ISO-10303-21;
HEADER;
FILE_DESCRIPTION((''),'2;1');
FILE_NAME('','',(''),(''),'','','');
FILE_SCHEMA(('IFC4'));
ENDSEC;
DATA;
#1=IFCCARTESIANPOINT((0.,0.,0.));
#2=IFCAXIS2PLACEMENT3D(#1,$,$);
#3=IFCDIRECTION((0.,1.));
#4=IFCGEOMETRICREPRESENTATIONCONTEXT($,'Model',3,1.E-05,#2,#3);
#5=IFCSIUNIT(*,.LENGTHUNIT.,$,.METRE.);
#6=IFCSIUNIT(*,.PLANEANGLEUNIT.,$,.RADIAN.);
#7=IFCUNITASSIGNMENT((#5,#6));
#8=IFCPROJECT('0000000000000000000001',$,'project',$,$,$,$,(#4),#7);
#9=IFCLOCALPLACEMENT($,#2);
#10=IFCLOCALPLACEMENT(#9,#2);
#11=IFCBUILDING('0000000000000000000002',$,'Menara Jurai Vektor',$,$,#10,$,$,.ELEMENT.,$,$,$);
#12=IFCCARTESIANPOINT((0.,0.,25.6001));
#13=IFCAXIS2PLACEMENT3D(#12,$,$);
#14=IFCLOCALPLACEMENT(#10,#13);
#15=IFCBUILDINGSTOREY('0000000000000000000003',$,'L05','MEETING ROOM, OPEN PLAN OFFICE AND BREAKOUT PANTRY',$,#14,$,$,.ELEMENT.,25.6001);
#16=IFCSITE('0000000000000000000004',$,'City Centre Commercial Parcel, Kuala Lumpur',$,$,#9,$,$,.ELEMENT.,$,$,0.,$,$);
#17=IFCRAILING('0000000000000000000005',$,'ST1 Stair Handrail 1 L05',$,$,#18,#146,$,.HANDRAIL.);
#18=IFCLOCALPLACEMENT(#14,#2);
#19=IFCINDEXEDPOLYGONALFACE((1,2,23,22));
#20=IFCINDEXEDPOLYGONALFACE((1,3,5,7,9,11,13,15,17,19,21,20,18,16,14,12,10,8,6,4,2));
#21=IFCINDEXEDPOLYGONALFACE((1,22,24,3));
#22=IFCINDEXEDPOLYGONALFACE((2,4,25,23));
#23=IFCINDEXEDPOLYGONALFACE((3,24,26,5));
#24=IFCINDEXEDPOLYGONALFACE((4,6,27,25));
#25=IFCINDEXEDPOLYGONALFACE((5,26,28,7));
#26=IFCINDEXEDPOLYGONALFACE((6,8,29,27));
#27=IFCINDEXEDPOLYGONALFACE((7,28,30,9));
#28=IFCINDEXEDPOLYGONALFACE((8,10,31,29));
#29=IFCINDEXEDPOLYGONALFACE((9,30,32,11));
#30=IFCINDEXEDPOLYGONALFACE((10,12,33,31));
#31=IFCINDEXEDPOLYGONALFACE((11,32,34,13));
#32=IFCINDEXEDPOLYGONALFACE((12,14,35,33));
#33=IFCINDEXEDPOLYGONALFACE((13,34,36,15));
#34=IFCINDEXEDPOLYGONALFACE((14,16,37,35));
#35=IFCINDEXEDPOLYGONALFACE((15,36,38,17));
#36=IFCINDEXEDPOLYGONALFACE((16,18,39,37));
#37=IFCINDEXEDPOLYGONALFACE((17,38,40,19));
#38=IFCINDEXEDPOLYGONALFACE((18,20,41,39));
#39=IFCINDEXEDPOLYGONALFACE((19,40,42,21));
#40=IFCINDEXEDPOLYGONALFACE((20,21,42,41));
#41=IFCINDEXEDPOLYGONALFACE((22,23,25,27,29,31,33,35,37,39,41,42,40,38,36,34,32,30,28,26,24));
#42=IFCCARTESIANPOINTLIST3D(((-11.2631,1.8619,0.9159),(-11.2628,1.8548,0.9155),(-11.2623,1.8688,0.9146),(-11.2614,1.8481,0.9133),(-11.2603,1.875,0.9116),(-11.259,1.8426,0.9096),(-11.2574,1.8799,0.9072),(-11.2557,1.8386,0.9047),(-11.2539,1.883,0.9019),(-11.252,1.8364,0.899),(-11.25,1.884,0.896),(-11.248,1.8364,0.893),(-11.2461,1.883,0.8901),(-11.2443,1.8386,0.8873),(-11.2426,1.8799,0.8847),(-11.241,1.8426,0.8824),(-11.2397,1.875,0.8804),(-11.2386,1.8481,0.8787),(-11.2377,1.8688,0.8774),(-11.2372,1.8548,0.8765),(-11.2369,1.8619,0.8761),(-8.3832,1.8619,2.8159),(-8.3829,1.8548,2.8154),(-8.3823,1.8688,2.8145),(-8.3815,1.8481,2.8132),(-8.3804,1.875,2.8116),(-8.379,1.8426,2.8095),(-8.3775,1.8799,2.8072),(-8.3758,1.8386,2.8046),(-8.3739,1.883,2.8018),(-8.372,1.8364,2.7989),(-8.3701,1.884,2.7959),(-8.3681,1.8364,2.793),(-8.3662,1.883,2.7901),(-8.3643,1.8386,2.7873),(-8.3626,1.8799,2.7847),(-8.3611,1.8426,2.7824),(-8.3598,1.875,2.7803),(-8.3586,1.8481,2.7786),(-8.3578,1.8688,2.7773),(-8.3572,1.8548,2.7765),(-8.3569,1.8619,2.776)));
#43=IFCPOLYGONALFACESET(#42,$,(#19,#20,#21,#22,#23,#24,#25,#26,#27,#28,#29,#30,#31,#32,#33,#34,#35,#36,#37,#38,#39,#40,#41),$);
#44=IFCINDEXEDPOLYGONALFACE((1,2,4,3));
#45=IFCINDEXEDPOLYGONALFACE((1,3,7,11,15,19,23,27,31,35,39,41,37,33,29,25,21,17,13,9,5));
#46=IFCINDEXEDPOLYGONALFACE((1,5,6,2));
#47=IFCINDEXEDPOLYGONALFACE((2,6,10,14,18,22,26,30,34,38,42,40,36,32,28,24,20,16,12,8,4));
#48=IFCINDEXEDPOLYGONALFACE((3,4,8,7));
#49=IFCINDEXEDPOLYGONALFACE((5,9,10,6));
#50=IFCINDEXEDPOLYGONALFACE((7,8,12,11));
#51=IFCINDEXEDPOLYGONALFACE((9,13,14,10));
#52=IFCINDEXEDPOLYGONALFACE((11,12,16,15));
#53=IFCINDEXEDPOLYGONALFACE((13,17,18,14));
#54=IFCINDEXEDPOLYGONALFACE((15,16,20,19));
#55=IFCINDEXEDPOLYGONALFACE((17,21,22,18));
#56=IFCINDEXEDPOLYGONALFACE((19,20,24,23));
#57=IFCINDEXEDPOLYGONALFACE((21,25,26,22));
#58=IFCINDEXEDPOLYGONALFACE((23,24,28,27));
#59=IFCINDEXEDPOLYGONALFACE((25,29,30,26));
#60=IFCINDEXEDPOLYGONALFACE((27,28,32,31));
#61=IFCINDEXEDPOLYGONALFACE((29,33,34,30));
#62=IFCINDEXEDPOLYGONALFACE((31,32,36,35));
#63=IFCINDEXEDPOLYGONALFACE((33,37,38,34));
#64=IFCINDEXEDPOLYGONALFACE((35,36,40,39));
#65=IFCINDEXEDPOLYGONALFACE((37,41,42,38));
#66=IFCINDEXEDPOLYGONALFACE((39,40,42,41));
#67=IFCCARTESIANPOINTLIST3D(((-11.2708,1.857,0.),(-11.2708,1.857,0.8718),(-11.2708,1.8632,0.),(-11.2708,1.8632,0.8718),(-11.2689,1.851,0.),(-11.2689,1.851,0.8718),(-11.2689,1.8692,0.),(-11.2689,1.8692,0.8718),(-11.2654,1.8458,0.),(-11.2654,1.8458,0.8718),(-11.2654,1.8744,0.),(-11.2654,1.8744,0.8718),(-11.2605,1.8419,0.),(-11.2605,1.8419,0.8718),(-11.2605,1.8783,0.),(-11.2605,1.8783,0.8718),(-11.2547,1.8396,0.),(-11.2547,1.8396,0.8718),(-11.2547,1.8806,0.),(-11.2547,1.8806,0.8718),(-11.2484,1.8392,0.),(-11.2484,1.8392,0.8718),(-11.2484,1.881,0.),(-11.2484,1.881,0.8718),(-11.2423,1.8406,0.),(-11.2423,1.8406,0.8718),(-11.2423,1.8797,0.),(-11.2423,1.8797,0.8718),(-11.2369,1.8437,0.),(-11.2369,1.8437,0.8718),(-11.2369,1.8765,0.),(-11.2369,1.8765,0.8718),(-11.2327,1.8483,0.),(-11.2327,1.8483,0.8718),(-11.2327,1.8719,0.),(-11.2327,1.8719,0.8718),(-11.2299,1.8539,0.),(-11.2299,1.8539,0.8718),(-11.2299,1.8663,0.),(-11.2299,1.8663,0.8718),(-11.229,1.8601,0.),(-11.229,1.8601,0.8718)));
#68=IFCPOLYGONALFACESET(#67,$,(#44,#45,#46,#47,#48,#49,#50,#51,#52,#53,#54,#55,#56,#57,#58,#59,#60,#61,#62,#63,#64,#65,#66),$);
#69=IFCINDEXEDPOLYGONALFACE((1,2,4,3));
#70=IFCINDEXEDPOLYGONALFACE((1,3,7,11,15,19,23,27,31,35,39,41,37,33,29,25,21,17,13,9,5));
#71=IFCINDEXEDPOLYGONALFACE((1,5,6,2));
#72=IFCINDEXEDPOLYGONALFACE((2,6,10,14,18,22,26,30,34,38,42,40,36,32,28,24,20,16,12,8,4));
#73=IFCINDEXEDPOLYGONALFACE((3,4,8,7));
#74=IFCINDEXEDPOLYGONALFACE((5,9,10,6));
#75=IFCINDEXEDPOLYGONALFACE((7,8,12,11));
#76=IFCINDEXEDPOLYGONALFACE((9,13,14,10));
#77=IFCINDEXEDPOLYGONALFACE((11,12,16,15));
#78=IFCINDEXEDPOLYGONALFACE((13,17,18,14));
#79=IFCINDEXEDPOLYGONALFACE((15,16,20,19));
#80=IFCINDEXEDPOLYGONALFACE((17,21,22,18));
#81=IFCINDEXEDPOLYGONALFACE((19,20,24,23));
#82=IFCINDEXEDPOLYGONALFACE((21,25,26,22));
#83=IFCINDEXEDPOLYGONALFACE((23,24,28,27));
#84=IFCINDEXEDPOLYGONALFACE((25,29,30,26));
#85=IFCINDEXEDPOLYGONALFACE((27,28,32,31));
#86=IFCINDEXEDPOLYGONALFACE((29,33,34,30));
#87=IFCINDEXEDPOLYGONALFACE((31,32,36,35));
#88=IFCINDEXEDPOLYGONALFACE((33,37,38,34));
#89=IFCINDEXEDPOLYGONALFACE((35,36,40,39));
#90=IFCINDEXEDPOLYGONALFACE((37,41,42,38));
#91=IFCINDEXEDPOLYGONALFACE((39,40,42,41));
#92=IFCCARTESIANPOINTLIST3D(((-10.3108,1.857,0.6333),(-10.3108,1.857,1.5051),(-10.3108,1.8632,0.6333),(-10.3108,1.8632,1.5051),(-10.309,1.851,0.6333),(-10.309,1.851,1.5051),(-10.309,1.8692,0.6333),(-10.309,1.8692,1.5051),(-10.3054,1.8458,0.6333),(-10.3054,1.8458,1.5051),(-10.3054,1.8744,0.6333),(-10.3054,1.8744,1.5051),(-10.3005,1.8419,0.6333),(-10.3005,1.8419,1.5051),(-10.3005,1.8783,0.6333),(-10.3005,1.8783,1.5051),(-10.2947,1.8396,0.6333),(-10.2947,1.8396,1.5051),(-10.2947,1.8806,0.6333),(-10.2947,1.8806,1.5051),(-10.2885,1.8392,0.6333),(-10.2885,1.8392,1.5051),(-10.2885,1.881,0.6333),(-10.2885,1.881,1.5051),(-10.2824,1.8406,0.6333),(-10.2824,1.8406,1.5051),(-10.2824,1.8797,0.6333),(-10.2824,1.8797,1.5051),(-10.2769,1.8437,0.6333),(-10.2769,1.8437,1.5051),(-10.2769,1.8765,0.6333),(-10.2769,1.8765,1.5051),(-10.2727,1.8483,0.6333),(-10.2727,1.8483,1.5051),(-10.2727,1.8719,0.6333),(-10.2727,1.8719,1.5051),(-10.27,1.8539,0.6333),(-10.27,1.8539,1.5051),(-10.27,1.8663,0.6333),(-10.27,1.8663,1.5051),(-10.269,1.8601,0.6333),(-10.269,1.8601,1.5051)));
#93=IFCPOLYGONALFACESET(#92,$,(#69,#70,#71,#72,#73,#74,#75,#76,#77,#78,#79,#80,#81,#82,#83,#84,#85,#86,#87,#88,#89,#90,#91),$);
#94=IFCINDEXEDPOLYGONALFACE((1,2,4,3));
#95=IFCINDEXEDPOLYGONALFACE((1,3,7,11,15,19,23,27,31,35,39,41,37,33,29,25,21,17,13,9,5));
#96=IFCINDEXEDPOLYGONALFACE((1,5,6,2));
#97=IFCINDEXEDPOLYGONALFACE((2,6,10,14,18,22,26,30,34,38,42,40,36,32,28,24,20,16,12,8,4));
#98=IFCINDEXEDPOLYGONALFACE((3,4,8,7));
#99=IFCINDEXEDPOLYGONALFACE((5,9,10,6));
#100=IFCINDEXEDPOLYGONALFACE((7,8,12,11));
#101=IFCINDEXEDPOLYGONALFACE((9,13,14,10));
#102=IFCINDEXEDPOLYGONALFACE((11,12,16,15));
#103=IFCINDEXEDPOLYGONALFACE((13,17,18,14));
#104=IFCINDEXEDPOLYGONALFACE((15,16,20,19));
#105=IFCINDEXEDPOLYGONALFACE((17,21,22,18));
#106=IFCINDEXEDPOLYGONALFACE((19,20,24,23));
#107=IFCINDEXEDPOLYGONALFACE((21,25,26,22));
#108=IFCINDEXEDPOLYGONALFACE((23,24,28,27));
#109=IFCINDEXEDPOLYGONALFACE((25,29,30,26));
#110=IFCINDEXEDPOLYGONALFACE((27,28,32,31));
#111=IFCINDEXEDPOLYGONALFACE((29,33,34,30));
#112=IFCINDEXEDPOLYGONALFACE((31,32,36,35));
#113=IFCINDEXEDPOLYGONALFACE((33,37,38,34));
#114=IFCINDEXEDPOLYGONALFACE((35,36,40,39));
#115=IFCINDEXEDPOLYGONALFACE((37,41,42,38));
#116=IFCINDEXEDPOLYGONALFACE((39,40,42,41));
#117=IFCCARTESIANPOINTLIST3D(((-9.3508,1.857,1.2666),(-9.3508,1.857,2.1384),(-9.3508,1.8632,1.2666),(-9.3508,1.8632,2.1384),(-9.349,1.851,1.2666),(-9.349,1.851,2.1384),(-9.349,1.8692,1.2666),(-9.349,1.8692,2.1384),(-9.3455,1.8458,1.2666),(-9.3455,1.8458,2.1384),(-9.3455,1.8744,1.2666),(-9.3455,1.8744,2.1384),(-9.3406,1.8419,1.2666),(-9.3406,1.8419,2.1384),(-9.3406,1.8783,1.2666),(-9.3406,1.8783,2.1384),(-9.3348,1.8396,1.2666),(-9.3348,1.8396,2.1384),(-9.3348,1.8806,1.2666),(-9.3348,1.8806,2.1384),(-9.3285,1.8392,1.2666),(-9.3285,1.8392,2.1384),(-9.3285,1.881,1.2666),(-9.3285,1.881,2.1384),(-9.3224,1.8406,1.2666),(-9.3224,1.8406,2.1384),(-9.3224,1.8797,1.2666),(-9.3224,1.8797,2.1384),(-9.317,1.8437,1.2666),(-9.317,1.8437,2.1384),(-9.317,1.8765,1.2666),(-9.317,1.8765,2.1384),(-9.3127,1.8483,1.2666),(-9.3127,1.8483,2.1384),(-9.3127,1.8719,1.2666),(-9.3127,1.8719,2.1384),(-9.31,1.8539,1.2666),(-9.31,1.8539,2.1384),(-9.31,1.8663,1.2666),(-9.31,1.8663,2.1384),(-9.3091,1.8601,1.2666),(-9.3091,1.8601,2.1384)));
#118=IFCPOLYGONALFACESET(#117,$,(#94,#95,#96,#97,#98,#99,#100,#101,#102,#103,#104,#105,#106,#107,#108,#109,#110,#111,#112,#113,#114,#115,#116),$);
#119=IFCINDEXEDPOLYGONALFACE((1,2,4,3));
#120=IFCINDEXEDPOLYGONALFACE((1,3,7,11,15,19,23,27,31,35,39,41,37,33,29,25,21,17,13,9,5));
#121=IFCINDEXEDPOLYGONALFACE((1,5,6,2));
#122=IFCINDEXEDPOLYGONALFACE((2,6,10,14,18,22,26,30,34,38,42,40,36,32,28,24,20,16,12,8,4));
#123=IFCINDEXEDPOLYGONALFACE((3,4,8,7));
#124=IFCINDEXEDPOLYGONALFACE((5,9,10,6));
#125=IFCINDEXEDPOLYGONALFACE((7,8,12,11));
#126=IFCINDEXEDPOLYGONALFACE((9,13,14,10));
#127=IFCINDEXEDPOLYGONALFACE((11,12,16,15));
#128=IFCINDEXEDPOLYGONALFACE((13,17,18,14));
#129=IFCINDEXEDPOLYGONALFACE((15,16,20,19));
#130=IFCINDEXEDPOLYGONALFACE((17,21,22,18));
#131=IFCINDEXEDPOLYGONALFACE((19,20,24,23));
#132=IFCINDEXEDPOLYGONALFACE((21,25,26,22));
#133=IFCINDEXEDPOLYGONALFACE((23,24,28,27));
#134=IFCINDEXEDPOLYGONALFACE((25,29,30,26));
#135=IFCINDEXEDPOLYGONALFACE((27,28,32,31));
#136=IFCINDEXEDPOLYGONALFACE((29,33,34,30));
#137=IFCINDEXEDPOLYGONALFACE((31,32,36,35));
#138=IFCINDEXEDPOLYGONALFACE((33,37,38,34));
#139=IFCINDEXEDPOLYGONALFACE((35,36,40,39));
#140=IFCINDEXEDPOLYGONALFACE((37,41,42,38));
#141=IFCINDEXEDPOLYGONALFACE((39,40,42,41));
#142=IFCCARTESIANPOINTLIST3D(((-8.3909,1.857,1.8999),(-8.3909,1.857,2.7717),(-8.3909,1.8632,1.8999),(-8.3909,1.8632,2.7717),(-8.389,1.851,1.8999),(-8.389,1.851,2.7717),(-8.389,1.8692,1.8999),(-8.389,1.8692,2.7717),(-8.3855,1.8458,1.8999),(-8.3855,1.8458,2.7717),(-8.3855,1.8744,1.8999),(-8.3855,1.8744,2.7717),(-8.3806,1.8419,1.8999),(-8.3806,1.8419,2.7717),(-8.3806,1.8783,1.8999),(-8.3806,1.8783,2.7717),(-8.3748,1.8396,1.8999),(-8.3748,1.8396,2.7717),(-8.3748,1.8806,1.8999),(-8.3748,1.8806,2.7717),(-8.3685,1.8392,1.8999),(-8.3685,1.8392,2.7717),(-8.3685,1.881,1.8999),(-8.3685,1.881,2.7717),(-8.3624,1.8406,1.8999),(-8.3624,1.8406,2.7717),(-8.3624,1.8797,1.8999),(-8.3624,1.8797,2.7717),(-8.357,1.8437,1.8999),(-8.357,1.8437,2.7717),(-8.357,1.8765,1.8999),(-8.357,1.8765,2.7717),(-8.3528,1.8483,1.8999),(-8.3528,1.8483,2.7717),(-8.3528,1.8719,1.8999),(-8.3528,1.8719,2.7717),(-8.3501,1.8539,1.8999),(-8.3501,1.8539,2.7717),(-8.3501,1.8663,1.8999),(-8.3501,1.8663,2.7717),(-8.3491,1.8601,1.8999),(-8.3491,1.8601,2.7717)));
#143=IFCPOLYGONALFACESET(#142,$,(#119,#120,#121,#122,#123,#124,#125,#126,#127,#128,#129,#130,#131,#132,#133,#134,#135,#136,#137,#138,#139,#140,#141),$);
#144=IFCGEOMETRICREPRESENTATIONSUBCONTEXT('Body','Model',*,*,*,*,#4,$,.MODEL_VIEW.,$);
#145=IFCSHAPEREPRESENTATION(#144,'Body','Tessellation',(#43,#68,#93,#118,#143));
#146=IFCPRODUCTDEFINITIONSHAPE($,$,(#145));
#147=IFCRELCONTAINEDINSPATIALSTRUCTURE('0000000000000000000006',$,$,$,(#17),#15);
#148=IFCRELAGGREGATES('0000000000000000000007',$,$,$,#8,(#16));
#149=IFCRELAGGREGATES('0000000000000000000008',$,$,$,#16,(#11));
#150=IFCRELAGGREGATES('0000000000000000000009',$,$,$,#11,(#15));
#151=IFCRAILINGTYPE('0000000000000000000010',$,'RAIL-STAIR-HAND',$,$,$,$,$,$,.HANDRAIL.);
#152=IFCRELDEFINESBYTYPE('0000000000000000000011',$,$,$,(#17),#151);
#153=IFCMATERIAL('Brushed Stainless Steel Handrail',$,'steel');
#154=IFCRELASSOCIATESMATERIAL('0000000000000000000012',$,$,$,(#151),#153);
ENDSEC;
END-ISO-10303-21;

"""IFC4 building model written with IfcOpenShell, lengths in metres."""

from ifc_helpers import new_model, si_unit, direction, frame, origin, origin_2d, place, context, subcontext, project, spatial, circle, extrude, material, type_object, element, save


model = new_model("IFC4")

# Units and contexts
model_context = context("Model", 3, precision=1e-05, world=origin(), true_north=direction((0.0, 1.0)))
body_context = subcontext(model_context, "Body", "Model", "MODEL_VIEW")
ifc_project = project(units=[si_unit("LENGTHUNIT", "METRE"), si_unit("PLANEANGLEUNIT", "RADIAN")], contexts=[model_context])

# Site, building, storey
site_placement = place(None, origin())
site = spatial("IfcSite", under=ifc_project, at=site_placement, Name="City Centre Commercial Parcel, Kuala Lumpur", CompositionType="ELEMENT", RefElevation=0.0)
building_placement = place(site_placement, origin())
building = spatial("IfcBuilding", under=site, at=building_placement, Name="Menara Jurai Vektor", CompositionType="ELEMENT")
storey_placement = place(building_placement, frame((0.0, 0.0, 25.6001)))
storey = spatial("IfcBuildingStorey", under=building, at=storey_placement, Name="L05", Description="MEETING ROOM, OPEN PLAN OFFICE AND BREAKOUT PANTRY", CompositionType="ELEMENT", Elevation=25.6001)

# Railing
ifc_material_1 = material(Name="Brushed Stainless Steel Handrail", Category="steel")
railing_type_1 = type_object("IfcRailingType", Name="RAIL-STAIR-HAND", PredefinedType="HANDRAIL", material=ifc_material_1)
railing_1_placement = place(storey_placement, frame((-11.25, 1.8601, 0.0)))
element("IfcRailing", 1, at=railing_1_placement, inside=storey, type_object=railing_type_1, Name="ST1 Stair Handrail 1 L05", PredefinedType="HANDRAIL", context=body_context, shape_type="SweptSolid", body=[
    extrude(circle(Radius=0.0239, at=origin_2d()), frame((0.0, 0.0, 0.896), z_axis=(0.834719, 0.0, 0.550677), x_axis=(0.0, 1.0, 0.0)), (0.0, 0.0, 1.0), 3.4502),
    extrude(circle(Radius=0.021, at=origin_2d()), origin(), (0.0, 0.0, 1.0), 0.8718),
    extrude(circle(Radius=0.021, at=origin_2d()), frame((0.96, 0.0, 0.6333)), (0.0, 0.0, 1.0), 0.8718),
    extrude(circle(Radius=0.021, at=origin_2d()), frame((1.9199, 0.0, 1.2666)), (0.0, 0.0, 1.0), 0.8718),
    extrude(circle(Radius=0.021, at=origin_2d()), frame((2.8799, 0.0, 1.8999)), (0.0, 0.0, 1.0), 0.8718),
])

save(model, "model.ifc")
